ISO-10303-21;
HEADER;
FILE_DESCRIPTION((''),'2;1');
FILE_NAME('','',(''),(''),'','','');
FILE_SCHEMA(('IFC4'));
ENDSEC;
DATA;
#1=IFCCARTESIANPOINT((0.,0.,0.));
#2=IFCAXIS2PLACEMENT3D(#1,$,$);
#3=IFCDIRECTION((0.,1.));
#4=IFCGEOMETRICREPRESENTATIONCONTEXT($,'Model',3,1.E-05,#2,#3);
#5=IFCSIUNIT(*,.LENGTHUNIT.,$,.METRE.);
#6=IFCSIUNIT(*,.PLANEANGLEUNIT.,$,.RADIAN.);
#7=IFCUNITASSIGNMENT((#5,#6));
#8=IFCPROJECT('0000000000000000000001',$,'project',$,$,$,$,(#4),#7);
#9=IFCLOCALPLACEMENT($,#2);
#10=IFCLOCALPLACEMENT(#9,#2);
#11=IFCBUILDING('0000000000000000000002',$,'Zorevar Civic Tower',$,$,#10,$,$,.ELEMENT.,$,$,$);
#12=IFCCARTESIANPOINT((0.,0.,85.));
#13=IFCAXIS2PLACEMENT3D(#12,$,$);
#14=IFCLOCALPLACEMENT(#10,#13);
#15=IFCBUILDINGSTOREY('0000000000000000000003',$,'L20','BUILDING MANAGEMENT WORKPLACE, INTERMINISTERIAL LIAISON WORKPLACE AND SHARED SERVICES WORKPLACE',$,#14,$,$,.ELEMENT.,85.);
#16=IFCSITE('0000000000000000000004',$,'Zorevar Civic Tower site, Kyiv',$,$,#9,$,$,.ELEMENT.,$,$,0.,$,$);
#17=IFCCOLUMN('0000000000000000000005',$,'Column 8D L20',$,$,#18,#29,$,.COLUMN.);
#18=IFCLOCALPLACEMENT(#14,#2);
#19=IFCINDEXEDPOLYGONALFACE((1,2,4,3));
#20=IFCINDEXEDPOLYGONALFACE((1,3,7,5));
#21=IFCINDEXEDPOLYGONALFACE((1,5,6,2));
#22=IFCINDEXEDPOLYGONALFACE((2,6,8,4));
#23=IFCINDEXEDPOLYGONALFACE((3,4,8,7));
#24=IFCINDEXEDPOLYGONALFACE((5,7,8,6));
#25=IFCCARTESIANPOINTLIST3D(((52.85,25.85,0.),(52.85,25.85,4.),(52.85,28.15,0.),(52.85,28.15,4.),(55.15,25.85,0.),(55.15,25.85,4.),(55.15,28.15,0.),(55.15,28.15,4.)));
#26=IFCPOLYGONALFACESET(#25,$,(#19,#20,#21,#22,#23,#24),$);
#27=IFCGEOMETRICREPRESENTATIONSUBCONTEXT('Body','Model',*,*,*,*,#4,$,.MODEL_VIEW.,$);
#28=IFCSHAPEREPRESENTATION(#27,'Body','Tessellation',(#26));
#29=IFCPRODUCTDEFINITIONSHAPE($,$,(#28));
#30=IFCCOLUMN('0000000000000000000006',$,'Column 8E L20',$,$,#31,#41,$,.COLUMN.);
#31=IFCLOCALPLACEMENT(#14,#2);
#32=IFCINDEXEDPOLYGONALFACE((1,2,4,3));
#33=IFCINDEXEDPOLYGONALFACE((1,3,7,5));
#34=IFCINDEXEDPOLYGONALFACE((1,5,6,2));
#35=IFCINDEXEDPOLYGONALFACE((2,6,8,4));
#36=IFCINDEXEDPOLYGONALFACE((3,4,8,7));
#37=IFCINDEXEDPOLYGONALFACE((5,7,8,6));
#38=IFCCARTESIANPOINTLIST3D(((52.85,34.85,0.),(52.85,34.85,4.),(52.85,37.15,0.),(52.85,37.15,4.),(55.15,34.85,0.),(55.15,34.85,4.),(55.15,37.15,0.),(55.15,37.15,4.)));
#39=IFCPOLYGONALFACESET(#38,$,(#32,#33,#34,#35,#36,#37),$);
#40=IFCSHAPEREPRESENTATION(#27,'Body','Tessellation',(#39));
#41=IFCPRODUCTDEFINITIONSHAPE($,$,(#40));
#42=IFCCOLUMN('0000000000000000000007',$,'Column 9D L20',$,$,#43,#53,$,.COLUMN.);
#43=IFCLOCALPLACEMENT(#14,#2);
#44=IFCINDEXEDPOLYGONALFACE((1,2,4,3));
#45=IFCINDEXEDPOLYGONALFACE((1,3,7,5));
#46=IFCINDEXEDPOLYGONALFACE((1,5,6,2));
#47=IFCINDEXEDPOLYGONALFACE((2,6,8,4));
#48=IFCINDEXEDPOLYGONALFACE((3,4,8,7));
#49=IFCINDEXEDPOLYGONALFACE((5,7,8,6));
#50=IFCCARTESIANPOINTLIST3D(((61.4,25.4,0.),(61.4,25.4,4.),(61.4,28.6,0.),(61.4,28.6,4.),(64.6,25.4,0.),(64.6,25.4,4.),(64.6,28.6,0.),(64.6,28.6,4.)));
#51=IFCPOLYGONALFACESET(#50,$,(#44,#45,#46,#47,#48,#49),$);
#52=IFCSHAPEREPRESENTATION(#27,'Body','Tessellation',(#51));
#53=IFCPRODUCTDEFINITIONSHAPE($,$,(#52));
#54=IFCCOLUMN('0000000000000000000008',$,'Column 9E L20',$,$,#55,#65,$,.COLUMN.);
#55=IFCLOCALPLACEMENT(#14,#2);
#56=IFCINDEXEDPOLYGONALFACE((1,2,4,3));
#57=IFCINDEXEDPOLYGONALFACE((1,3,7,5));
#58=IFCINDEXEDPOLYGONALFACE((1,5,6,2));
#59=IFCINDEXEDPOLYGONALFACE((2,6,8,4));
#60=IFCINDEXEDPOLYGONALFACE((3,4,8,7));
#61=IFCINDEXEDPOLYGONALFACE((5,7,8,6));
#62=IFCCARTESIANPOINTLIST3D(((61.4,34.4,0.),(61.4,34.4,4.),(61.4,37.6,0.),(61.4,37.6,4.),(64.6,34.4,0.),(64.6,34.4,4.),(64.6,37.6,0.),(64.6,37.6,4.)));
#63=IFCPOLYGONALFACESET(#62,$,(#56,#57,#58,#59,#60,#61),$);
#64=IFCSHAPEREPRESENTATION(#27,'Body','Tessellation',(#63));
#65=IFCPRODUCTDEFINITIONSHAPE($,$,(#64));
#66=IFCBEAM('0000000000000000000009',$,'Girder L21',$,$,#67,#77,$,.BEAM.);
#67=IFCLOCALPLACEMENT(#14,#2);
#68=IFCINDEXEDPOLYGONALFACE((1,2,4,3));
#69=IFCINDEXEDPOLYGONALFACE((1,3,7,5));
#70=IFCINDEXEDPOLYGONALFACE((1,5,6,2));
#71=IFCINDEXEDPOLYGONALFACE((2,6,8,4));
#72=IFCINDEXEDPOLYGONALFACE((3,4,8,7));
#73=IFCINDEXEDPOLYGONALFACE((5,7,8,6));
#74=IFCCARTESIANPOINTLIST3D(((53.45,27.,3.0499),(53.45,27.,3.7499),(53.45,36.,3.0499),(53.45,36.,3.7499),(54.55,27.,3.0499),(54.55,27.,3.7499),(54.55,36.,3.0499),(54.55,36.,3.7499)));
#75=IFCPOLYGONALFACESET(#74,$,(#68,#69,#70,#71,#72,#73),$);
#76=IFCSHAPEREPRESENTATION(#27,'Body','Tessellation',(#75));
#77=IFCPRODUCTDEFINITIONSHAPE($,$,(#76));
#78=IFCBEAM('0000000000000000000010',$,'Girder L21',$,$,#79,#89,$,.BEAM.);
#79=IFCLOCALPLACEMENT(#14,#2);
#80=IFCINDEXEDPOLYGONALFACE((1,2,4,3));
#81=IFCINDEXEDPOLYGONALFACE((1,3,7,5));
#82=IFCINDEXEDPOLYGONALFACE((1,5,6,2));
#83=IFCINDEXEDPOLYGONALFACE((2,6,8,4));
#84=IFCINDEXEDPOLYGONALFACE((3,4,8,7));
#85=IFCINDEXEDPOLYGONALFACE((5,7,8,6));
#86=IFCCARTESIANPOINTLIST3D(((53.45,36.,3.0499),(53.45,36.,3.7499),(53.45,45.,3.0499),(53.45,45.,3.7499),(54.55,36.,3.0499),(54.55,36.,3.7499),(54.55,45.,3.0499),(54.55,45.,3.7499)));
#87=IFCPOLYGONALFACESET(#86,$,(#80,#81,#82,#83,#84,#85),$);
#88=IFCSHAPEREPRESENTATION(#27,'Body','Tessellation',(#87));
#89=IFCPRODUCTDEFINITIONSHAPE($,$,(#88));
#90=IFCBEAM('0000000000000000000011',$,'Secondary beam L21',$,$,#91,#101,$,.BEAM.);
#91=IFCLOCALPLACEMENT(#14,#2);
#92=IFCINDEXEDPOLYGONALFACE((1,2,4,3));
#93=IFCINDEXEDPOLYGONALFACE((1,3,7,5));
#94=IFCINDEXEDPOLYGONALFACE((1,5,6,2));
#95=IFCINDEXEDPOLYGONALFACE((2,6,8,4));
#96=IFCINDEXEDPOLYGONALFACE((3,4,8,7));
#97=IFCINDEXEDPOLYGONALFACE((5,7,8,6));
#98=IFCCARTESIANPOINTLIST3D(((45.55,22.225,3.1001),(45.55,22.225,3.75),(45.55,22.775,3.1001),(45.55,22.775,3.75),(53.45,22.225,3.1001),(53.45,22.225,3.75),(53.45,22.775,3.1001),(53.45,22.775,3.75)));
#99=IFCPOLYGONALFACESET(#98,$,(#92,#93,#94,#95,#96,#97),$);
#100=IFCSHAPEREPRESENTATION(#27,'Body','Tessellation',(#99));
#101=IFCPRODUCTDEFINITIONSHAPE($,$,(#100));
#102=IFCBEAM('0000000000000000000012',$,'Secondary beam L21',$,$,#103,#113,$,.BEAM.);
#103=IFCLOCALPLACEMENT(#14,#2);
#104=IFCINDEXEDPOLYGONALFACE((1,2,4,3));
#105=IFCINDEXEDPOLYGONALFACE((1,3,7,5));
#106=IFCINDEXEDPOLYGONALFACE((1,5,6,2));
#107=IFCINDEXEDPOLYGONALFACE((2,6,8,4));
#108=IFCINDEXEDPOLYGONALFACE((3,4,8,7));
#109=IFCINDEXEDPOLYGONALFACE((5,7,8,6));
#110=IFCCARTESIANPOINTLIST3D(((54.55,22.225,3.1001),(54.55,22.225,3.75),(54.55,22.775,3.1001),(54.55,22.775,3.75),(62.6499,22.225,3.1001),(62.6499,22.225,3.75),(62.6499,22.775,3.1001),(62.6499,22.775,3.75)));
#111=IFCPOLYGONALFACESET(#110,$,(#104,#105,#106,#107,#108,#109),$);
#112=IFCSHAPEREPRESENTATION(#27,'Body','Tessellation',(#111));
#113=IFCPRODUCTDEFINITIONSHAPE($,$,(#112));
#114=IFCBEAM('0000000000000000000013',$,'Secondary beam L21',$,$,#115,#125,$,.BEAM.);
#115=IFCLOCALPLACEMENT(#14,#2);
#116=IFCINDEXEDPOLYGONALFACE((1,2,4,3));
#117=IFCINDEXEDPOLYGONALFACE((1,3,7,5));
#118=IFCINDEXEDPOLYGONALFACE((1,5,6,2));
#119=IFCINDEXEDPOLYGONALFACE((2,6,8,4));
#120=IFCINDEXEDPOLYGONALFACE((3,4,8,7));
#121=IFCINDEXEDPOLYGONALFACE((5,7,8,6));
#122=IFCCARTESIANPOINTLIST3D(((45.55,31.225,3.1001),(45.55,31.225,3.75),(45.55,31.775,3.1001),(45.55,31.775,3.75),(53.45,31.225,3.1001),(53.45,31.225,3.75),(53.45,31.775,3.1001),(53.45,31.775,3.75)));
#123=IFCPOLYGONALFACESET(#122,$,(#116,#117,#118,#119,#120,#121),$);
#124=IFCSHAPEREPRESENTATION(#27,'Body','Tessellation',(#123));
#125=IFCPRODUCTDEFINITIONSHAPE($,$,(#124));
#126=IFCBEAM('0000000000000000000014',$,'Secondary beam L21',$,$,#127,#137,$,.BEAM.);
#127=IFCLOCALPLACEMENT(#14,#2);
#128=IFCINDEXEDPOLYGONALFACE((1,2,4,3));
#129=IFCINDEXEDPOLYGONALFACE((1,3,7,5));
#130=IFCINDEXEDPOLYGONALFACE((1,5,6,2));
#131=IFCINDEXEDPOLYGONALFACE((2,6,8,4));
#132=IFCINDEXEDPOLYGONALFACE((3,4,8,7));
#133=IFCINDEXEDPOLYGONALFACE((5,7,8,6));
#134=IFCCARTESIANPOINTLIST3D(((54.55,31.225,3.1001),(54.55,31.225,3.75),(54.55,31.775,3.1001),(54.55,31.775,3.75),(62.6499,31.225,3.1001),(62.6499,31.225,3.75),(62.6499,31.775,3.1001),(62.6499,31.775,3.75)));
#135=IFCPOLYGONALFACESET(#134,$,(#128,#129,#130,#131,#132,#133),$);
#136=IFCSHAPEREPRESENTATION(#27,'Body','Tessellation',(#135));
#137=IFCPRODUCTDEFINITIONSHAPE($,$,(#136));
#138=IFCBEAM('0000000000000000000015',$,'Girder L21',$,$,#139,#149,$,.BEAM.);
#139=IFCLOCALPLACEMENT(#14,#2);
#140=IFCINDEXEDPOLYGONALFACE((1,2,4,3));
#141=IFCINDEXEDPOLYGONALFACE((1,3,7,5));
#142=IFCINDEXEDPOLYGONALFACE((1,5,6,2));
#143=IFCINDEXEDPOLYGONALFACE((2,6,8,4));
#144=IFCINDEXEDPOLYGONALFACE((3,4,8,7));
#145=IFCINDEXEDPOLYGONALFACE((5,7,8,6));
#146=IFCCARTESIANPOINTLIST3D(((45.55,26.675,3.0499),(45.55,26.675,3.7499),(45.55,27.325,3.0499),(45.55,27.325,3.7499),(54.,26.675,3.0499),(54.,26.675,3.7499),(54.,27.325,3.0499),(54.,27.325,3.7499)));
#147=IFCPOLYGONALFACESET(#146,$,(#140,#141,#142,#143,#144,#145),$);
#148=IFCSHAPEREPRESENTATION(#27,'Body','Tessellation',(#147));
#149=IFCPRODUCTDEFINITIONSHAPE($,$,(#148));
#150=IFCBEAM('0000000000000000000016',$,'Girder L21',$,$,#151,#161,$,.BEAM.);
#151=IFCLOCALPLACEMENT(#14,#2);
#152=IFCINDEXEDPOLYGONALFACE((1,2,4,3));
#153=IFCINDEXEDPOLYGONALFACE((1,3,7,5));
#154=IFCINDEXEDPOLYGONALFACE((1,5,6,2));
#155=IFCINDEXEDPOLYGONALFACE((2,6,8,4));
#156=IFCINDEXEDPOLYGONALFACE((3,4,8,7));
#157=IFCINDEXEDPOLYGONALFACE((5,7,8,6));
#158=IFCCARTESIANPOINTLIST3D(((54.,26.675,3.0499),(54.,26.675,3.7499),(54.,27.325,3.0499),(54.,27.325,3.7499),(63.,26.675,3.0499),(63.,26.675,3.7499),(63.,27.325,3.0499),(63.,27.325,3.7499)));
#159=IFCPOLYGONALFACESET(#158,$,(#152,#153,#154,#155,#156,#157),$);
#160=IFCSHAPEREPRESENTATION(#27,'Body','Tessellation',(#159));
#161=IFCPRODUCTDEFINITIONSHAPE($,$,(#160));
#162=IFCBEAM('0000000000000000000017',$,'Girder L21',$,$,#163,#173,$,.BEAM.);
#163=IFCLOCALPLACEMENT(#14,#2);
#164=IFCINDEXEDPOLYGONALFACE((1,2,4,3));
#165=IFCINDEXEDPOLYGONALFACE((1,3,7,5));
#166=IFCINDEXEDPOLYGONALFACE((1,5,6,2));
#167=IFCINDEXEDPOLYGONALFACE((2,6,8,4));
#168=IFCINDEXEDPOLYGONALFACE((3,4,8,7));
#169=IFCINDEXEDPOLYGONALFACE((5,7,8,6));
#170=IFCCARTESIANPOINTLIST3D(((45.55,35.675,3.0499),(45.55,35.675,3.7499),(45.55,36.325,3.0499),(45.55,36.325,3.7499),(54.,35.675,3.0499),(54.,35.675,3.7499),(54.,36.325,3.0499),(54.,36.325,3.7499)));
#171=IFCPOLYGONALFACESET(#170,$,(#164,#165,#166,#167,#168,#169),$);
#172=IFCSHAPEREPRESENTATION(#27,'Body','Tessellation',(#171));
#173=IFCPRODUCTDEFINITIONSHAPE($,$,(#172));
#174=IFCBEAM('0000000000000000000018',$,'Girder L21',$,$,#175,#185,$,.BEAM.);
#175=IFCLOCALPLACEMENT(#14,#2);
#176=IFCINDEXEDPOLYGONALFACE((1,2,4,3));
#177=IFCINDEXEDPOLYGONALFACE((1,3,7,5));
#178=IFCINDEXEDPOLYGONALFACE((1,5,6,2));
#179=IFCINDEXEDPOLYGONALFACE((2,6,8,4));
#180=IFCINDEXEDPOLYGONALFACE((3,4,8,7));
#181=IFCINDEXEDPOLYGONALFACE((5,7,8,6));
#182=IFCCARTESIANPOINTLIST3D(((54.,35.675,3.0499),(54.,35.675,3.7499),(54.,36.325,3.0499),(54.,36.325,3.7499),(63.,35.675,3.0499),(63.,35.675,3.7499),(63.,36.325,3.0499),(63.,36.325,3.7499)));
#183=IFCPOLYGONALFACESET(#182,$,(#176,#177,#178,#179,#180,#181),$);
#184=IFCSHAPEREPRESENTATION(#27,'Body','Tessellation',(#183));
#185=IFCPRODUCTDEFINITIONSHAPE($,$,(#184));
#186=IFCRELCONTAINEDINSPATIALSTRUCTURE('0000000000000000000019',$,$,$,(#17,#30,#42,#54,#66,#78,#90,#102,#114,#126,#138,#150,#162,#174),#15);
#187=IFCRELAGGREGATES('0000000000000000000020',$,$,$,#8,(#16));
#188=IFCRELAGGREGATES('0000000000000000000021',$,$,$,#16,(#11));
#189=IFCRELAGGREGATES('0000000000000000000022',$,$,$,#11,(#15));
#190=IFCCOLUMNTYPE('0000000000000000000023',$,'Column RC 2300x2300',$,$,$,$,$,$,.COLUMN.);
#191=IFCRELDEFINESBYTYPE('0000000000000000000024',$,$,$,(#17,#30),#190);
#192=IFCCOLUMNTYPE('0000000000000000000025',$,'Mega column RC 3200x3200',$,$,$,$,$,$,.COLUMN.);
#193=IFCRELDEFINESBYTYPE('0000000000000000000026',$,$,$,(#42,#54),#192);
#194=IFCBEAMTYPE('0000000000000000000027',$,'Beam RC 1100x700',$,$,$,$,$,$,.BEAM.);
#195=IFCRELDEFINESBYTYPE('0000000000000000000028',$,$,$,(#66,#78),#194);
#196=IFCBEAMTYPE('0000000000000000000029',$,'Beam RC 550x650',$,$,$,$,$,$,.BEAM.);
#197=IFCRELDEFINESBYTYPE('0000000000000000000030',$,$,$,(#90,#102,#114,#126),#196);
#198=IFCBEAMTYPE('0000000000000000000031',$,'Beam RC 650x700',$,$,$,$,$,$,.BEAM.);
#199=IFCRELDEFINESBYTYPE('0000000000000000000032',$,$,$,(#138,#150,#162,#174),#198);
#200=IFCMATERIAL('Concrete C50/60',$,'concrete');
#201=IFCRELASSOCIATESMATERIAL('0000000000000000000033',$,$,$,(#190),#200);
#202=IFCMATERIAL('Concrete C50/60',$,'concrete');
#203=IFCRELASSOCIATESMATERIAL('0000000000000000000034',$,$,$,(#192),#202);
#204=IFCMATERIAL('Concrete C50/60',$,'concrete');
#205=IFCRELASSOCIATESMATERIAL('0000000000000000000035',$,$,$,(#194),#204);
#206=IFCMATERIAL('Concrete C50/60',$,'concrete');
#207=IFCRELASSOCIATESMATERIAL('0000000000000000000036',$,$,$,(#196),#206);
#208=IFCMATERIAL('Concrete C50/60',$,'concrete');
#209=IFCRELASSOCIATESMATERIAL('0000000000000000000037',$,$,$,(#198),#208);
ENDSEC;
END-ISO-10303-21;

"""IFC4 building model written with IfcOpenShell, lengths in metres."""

from ifc_helpers import new_model, si_unit, direction, frame, origin, origin_2d, place, context, subcontext, project, spatial, rectangle, extrude, material, material_profile, profile_set, type_object, element, save


model = new_model("IFC4")

# Units and contexts
model_context = context("Model", 3, precision=1e-05, world=origin(), true_north=direction((0.0, 1.0)))
body_context = subcontext(model_context, "Body", "Model", "MODEL_VIEW")
ifc_project = project(units=[si_unit("LENGTHUNIT", "METRE"), si_unit("PLANEANGLEUNIT", "RADIAN")], contexts=[model_context])

# Site, building, storey
site_placement = place(None, origin())
site = spatial("IfcSite", under=ifc_project, at=site_placement, Name="Zorevar Civic Tower site, Kyiv", CompositionType="ELEMENT", RefElevation=0.0)
building_placement = place(site_placement, origin())
building = spatial("IfcBuilding", under=site, at=building_placement, Name="Zorevar Civic Tower", CompositionType="ELEMENT")
storey_placement = place(building_placement, frame((0.0, 0.0, 85.0)))
storey = spatial("IfcBuildingStorey", under=building, at=storey_placement, Name="L20", Description="BUILDING MANAGEMENT WORKPLACE, INTERMINISTERIAL LIAISON WORKPLACE AND SHARED SERVICES WORKPLACE", CompositionType="ELEMENT", Elevation=85.0)

# Columns
ifc_material_1 = material(Name="Concrete C50/60", Category="concrete")
ifc_material_profile_1 = material_profile(ifc_material_1, rectangle(XDim=2.3, YDim=2.3, at=origin_2d()), Name="RC 2300x2300")
ifc_profile_set_1 = profile_set([ifc_material_profile_1], Name="Concrete C50/60")
column_type_1 = type_object("IfcColumnType", Name="Column RC 2300x2300", PredefinedType="COLUMN", material=ifc_profile_set_1)
for number, where, z_axis, x_axis, name in (
    (1, (54.0, 27.0, 0.0), (0.0, 0.0, 1.0), (1.0, 0.0, 0.0), "Column 8D L20"),
    (2, (54.0, 36.0, 0.0), (0.0, 0.0, 1.0), (1.0, 0.0, 0.0), "Column 8E L20"),
):
    element("IfcColumn", number, at=place(storey_placement, frame(where, z_axis=z_axis, x_axis=x_axis)), inside=storey, type_object=column_type_1, Name=name, PredefinedType="COLUMN", context=body_context, shape_type="SweptSolid", body=[
        extrude(rectangle(XDim=2.3, YDim=2.3, at=origin_2d()), origin(), (0.0, 0.0, 1.0), 4.0),
    ])
ifc_material_2 = material(Name="Concrete C50/60", Category="concrete")
ifc_material_profile_2 = material_profile(ifc_material_2, rectangle(XDim=3.2, YDim=3.2, at=origin_2d()), Name="RC 3200x3200")
ifc_profile_set_2 = profile_set([ifc_material_profile_2], Name="Concrete C50/60")
column_type_2 = type_object("IfcColumnType", Name="Mega column RC 3200x3200", PredefinedType="COLUMN", material=ifc_profile_set_2)
for number, where, z_axis, x_axis, name in (
    (3, (63.0, 27.0, 0.0), (0.0, 0.0, 1.0), (1.0, 0.0, 0.0), "Column 9D L20"),
    (4, (63.0, 36.0, 0.0), (0.0, 0.0, 1.0), (1.0, 0.0, 0.0), "Column 9E L20"),
):
    element("IfcColumn", number, at=place(storey_placement, frame(where, z_axis=z_axis, x_axis=x_axis)), inside=storey, type_object=column_type_2, Name=name, PredefinedType="COLUMN", context=body_context, shape_type="SweptSolid", body=[
        extrude(rectangle(XDim=3.2, YDim=3.2, at=origin_2d()), origin(), (0.0, 0.0, 1.0), 4.0),
    ])

# Beams
ifc_material_3 = material(Name="Concrete C50/60", Category="concrete")
ifc_material_profile_3 = material_profile(ifc_material_3, rectangle(XDim=1.1001, YDim=0.7, at=origin_2d()), Name="RC 1100x700")
ifc_profile_set_3 = profile_set([ifc_material_profile_3], Name="Concrete C50/60")
beam_type_1 = type_object("IfcBeamType", Name="Beam RC 1100x700", PredefinedType="BEAM", material=ifc_profile_set_3)
for number, where, z_axis, x_axis, name in (
    (5, (54.0, 27.0, 3.3999), (0.0, 1.0, 0.0), (-1.0, 0.0, 0.0), "Girder L21"),
    (6, (54.0, 36.0, 3.3999), (0.0, 1.0, 0.0), (-1.0, 0.0, 0.0), "Girder L21"),
):
    element("IfcBeam", number, at=place(storey_placement, frame(where, z_axis=z_axis, x_axis=x_axis)), inside=storey, type_object=beam_type_1, Name=name, PredefinedType="BEAM", context=body_context, shape_type="SweptSolid", body=[
        extrude(rectangle(XDim=1.1001, YDim=0.7, at=origin_2d()), origin(), (0.0, 0.0, 1.0), 9.0),
    ])
ifc_material_4 = material(Name="Concrete C50/60", Category="concrete")
ifc_material_profile_4 = material_profile(ifc_material_4, rectangle(XDim=0.55, YDim=0.6499, at=origin_2d()), Name="RC 550x650")
ifc_profile_set_4 = profile_set([ifc_material_profile_4], Name="Concrete C50/60")
beam_type_2 = type_object("IfcBeamType", Name="Beam RC 550x650", PredefinedType="BEAM", material=ifc_profile_set_4)
beam_1_placement = place(storey_placement, frame((45.55, 22.5, 3.425), z_axis=(1.0, 0.0, 0.0), x_axis=(0.0, 1.0, 0.0)))
element("IfcBeam", 7, at=beam_1_placement, inside=storey, type_object=beam_type_2, Name="Secondary beam L21", PredefinedType="BEAM", context=body_context, shape_type="SweptSolid", body=[
    extrude(rectangle(XDim=0.55, YDim=0.6499, at=origin_2d()), origin(), (0.0, 0.0, 1.0), 7.8999),
])
beam_2_placement = place(storey_placement, frame((54.55, 22.5, 3.425), z_axis=(1.0, 0.0, 0.0), x_axis=(0.0, 1.0, 0.0)))
element("IfcBeam", 8, at=beam_2_placement, inside=storey, type_object=beam_type_2, Name="Secondary beam L21", PredefinedType="BEAM", context=body_context, shape_type="SweptSolid", body=[
    extrude(rectangle(XDim=0.55, YDim=0.6499, at=origin_2d()), origin(), (0.0, 0.0, 1.0), 8.0999),
])
beam_3_placement = place(storey_placement, frame((45.55, 31.5, 3.425), z_axis=(1.0, 0.0, 0.0), x_axis=(0.0, 1.0, 0.0)))
element("IfcBeam", 9, at=beam_3_placement, inside=storey, type_object=beam_type_2, Name="Secondary beam L21", PredefinedType="BEAM", context=body_context, shape_type="SweptSolid", body=[
    extrude(rectangle(XDim=0.55, YDim=0.6499, at=origin_2d()), origin(), (0.0, 0.0, 1.0), 7.8999),
])
beam_4_placement = place(storey_placement, frame((54.55, 31.5, 3.425), z_axis=(1.0, 0.0, 0.0), x_axis=(0.0, 1.0, 0.0)))
element("IfcBeam", 10, at=beam_4_placement, inside=storey, type_object=beam_type_2, Name="Secondary beam L21", PredefinedType="BEAM", context=body_context, shape_type="SweptSolid", body=[
    extrude(rectangle(XDim=0.55, YDim=0.6499, at=origin_2d()), origin(), (0.0, 0.0, 1.0), 8.0999),
])
ifc_material_5 = material(Name="Concrete C50/60", Category="concrete")
ifc_material_profile_5 = material_profile(ifc_material_5, rectangle(XDim=0.6499, YDim=0.7, at=origin_2d()), Name="RC 650x700")
ifc_profile_set_5 = profile_set([ifc_material_profile_5], Name="Concrete C50/60")
beam_type_3 = type_object("IfcBeamType", Name="Beam RC 650x700", PredefinedType="BEAM", material=ifc_profile_set_5)
beam_5_placement = place(storey_placement, frame((45.55, 27.0, 3.3999), z_axis=(1.0, 0.0, 0.0), x_axis=(0.0, 1.0, 0.0)))
element("IfcBeam", 11, at=beam_5_placement, inside=storey, type_object=beam_type_3, Name="Girder L21", PredefinedType="BEAM", context=body_context, shape_type="SweptSolid", body=[
    extrude(rectangle(XDim=0.6499, YDim=0.7, at=origin_2d()), origin(), (0.0, 0.0, 1.0), 8.45),
])
beam_6_placement = place(storey_placement, frame((54.0, 27.0, 3.3999), z_axis=(1.0, 0.0, 0.0), x_axis=(0.0, 1.0, 0.0)))
element("IfcBeam", 12, at=beam_6_placement, inside=storey, type_object=beam_type_3, Name="Girder L21", PredefinedType="BEAM", context=body_context, shape_type="SweptSolid", body=[
    extrude(rectangle(XDim=0.6499, YDim=0.7, at=origin_2d()), origin(), (0.0, 0.0, 1.0), 9.0),
])
beam_7_placement = place(storey_placement, frame((45.55, 36.0, 3.3999), z_axis=(1.0, 0.0, 0.0), x_axis=(0.0, 1.0, 0.0)))
element("IfcBeam", 13, at=beam_7_placement, inside=storey, type_object=beam_type_3, Name="Girder L21", PredefinedType="BEAM", context=body_context, shape_type="SweptSolid", body=[
    extrude(rectangle(XDim=0.6499, YDim=0.7, at=origin_2d()), origin(), (0.0, 0.0, 1.0), 8.45),
])
beam_8_placement = place(storey_placement, frame((54.0, 36.0, 3.3999), z_axis=(1.0, 0.0, 0.0), x_axis=(0.0, 1.0, 0.0)))
element("IfcBeam", 14, at=beam_8_placement, inside=storey, type_object=beam_type_3, Name="Girder L21", PredefinedType="BEAM", context=body_context, shape_type="SweptSolid", body=[
    extrude(rectangle(XDim=0.6499, YDim=0.7, at=origin_2d()), origin(), (0.0, 0.0, 1.0), 9.0),
])

save(model, "model.ifc")
